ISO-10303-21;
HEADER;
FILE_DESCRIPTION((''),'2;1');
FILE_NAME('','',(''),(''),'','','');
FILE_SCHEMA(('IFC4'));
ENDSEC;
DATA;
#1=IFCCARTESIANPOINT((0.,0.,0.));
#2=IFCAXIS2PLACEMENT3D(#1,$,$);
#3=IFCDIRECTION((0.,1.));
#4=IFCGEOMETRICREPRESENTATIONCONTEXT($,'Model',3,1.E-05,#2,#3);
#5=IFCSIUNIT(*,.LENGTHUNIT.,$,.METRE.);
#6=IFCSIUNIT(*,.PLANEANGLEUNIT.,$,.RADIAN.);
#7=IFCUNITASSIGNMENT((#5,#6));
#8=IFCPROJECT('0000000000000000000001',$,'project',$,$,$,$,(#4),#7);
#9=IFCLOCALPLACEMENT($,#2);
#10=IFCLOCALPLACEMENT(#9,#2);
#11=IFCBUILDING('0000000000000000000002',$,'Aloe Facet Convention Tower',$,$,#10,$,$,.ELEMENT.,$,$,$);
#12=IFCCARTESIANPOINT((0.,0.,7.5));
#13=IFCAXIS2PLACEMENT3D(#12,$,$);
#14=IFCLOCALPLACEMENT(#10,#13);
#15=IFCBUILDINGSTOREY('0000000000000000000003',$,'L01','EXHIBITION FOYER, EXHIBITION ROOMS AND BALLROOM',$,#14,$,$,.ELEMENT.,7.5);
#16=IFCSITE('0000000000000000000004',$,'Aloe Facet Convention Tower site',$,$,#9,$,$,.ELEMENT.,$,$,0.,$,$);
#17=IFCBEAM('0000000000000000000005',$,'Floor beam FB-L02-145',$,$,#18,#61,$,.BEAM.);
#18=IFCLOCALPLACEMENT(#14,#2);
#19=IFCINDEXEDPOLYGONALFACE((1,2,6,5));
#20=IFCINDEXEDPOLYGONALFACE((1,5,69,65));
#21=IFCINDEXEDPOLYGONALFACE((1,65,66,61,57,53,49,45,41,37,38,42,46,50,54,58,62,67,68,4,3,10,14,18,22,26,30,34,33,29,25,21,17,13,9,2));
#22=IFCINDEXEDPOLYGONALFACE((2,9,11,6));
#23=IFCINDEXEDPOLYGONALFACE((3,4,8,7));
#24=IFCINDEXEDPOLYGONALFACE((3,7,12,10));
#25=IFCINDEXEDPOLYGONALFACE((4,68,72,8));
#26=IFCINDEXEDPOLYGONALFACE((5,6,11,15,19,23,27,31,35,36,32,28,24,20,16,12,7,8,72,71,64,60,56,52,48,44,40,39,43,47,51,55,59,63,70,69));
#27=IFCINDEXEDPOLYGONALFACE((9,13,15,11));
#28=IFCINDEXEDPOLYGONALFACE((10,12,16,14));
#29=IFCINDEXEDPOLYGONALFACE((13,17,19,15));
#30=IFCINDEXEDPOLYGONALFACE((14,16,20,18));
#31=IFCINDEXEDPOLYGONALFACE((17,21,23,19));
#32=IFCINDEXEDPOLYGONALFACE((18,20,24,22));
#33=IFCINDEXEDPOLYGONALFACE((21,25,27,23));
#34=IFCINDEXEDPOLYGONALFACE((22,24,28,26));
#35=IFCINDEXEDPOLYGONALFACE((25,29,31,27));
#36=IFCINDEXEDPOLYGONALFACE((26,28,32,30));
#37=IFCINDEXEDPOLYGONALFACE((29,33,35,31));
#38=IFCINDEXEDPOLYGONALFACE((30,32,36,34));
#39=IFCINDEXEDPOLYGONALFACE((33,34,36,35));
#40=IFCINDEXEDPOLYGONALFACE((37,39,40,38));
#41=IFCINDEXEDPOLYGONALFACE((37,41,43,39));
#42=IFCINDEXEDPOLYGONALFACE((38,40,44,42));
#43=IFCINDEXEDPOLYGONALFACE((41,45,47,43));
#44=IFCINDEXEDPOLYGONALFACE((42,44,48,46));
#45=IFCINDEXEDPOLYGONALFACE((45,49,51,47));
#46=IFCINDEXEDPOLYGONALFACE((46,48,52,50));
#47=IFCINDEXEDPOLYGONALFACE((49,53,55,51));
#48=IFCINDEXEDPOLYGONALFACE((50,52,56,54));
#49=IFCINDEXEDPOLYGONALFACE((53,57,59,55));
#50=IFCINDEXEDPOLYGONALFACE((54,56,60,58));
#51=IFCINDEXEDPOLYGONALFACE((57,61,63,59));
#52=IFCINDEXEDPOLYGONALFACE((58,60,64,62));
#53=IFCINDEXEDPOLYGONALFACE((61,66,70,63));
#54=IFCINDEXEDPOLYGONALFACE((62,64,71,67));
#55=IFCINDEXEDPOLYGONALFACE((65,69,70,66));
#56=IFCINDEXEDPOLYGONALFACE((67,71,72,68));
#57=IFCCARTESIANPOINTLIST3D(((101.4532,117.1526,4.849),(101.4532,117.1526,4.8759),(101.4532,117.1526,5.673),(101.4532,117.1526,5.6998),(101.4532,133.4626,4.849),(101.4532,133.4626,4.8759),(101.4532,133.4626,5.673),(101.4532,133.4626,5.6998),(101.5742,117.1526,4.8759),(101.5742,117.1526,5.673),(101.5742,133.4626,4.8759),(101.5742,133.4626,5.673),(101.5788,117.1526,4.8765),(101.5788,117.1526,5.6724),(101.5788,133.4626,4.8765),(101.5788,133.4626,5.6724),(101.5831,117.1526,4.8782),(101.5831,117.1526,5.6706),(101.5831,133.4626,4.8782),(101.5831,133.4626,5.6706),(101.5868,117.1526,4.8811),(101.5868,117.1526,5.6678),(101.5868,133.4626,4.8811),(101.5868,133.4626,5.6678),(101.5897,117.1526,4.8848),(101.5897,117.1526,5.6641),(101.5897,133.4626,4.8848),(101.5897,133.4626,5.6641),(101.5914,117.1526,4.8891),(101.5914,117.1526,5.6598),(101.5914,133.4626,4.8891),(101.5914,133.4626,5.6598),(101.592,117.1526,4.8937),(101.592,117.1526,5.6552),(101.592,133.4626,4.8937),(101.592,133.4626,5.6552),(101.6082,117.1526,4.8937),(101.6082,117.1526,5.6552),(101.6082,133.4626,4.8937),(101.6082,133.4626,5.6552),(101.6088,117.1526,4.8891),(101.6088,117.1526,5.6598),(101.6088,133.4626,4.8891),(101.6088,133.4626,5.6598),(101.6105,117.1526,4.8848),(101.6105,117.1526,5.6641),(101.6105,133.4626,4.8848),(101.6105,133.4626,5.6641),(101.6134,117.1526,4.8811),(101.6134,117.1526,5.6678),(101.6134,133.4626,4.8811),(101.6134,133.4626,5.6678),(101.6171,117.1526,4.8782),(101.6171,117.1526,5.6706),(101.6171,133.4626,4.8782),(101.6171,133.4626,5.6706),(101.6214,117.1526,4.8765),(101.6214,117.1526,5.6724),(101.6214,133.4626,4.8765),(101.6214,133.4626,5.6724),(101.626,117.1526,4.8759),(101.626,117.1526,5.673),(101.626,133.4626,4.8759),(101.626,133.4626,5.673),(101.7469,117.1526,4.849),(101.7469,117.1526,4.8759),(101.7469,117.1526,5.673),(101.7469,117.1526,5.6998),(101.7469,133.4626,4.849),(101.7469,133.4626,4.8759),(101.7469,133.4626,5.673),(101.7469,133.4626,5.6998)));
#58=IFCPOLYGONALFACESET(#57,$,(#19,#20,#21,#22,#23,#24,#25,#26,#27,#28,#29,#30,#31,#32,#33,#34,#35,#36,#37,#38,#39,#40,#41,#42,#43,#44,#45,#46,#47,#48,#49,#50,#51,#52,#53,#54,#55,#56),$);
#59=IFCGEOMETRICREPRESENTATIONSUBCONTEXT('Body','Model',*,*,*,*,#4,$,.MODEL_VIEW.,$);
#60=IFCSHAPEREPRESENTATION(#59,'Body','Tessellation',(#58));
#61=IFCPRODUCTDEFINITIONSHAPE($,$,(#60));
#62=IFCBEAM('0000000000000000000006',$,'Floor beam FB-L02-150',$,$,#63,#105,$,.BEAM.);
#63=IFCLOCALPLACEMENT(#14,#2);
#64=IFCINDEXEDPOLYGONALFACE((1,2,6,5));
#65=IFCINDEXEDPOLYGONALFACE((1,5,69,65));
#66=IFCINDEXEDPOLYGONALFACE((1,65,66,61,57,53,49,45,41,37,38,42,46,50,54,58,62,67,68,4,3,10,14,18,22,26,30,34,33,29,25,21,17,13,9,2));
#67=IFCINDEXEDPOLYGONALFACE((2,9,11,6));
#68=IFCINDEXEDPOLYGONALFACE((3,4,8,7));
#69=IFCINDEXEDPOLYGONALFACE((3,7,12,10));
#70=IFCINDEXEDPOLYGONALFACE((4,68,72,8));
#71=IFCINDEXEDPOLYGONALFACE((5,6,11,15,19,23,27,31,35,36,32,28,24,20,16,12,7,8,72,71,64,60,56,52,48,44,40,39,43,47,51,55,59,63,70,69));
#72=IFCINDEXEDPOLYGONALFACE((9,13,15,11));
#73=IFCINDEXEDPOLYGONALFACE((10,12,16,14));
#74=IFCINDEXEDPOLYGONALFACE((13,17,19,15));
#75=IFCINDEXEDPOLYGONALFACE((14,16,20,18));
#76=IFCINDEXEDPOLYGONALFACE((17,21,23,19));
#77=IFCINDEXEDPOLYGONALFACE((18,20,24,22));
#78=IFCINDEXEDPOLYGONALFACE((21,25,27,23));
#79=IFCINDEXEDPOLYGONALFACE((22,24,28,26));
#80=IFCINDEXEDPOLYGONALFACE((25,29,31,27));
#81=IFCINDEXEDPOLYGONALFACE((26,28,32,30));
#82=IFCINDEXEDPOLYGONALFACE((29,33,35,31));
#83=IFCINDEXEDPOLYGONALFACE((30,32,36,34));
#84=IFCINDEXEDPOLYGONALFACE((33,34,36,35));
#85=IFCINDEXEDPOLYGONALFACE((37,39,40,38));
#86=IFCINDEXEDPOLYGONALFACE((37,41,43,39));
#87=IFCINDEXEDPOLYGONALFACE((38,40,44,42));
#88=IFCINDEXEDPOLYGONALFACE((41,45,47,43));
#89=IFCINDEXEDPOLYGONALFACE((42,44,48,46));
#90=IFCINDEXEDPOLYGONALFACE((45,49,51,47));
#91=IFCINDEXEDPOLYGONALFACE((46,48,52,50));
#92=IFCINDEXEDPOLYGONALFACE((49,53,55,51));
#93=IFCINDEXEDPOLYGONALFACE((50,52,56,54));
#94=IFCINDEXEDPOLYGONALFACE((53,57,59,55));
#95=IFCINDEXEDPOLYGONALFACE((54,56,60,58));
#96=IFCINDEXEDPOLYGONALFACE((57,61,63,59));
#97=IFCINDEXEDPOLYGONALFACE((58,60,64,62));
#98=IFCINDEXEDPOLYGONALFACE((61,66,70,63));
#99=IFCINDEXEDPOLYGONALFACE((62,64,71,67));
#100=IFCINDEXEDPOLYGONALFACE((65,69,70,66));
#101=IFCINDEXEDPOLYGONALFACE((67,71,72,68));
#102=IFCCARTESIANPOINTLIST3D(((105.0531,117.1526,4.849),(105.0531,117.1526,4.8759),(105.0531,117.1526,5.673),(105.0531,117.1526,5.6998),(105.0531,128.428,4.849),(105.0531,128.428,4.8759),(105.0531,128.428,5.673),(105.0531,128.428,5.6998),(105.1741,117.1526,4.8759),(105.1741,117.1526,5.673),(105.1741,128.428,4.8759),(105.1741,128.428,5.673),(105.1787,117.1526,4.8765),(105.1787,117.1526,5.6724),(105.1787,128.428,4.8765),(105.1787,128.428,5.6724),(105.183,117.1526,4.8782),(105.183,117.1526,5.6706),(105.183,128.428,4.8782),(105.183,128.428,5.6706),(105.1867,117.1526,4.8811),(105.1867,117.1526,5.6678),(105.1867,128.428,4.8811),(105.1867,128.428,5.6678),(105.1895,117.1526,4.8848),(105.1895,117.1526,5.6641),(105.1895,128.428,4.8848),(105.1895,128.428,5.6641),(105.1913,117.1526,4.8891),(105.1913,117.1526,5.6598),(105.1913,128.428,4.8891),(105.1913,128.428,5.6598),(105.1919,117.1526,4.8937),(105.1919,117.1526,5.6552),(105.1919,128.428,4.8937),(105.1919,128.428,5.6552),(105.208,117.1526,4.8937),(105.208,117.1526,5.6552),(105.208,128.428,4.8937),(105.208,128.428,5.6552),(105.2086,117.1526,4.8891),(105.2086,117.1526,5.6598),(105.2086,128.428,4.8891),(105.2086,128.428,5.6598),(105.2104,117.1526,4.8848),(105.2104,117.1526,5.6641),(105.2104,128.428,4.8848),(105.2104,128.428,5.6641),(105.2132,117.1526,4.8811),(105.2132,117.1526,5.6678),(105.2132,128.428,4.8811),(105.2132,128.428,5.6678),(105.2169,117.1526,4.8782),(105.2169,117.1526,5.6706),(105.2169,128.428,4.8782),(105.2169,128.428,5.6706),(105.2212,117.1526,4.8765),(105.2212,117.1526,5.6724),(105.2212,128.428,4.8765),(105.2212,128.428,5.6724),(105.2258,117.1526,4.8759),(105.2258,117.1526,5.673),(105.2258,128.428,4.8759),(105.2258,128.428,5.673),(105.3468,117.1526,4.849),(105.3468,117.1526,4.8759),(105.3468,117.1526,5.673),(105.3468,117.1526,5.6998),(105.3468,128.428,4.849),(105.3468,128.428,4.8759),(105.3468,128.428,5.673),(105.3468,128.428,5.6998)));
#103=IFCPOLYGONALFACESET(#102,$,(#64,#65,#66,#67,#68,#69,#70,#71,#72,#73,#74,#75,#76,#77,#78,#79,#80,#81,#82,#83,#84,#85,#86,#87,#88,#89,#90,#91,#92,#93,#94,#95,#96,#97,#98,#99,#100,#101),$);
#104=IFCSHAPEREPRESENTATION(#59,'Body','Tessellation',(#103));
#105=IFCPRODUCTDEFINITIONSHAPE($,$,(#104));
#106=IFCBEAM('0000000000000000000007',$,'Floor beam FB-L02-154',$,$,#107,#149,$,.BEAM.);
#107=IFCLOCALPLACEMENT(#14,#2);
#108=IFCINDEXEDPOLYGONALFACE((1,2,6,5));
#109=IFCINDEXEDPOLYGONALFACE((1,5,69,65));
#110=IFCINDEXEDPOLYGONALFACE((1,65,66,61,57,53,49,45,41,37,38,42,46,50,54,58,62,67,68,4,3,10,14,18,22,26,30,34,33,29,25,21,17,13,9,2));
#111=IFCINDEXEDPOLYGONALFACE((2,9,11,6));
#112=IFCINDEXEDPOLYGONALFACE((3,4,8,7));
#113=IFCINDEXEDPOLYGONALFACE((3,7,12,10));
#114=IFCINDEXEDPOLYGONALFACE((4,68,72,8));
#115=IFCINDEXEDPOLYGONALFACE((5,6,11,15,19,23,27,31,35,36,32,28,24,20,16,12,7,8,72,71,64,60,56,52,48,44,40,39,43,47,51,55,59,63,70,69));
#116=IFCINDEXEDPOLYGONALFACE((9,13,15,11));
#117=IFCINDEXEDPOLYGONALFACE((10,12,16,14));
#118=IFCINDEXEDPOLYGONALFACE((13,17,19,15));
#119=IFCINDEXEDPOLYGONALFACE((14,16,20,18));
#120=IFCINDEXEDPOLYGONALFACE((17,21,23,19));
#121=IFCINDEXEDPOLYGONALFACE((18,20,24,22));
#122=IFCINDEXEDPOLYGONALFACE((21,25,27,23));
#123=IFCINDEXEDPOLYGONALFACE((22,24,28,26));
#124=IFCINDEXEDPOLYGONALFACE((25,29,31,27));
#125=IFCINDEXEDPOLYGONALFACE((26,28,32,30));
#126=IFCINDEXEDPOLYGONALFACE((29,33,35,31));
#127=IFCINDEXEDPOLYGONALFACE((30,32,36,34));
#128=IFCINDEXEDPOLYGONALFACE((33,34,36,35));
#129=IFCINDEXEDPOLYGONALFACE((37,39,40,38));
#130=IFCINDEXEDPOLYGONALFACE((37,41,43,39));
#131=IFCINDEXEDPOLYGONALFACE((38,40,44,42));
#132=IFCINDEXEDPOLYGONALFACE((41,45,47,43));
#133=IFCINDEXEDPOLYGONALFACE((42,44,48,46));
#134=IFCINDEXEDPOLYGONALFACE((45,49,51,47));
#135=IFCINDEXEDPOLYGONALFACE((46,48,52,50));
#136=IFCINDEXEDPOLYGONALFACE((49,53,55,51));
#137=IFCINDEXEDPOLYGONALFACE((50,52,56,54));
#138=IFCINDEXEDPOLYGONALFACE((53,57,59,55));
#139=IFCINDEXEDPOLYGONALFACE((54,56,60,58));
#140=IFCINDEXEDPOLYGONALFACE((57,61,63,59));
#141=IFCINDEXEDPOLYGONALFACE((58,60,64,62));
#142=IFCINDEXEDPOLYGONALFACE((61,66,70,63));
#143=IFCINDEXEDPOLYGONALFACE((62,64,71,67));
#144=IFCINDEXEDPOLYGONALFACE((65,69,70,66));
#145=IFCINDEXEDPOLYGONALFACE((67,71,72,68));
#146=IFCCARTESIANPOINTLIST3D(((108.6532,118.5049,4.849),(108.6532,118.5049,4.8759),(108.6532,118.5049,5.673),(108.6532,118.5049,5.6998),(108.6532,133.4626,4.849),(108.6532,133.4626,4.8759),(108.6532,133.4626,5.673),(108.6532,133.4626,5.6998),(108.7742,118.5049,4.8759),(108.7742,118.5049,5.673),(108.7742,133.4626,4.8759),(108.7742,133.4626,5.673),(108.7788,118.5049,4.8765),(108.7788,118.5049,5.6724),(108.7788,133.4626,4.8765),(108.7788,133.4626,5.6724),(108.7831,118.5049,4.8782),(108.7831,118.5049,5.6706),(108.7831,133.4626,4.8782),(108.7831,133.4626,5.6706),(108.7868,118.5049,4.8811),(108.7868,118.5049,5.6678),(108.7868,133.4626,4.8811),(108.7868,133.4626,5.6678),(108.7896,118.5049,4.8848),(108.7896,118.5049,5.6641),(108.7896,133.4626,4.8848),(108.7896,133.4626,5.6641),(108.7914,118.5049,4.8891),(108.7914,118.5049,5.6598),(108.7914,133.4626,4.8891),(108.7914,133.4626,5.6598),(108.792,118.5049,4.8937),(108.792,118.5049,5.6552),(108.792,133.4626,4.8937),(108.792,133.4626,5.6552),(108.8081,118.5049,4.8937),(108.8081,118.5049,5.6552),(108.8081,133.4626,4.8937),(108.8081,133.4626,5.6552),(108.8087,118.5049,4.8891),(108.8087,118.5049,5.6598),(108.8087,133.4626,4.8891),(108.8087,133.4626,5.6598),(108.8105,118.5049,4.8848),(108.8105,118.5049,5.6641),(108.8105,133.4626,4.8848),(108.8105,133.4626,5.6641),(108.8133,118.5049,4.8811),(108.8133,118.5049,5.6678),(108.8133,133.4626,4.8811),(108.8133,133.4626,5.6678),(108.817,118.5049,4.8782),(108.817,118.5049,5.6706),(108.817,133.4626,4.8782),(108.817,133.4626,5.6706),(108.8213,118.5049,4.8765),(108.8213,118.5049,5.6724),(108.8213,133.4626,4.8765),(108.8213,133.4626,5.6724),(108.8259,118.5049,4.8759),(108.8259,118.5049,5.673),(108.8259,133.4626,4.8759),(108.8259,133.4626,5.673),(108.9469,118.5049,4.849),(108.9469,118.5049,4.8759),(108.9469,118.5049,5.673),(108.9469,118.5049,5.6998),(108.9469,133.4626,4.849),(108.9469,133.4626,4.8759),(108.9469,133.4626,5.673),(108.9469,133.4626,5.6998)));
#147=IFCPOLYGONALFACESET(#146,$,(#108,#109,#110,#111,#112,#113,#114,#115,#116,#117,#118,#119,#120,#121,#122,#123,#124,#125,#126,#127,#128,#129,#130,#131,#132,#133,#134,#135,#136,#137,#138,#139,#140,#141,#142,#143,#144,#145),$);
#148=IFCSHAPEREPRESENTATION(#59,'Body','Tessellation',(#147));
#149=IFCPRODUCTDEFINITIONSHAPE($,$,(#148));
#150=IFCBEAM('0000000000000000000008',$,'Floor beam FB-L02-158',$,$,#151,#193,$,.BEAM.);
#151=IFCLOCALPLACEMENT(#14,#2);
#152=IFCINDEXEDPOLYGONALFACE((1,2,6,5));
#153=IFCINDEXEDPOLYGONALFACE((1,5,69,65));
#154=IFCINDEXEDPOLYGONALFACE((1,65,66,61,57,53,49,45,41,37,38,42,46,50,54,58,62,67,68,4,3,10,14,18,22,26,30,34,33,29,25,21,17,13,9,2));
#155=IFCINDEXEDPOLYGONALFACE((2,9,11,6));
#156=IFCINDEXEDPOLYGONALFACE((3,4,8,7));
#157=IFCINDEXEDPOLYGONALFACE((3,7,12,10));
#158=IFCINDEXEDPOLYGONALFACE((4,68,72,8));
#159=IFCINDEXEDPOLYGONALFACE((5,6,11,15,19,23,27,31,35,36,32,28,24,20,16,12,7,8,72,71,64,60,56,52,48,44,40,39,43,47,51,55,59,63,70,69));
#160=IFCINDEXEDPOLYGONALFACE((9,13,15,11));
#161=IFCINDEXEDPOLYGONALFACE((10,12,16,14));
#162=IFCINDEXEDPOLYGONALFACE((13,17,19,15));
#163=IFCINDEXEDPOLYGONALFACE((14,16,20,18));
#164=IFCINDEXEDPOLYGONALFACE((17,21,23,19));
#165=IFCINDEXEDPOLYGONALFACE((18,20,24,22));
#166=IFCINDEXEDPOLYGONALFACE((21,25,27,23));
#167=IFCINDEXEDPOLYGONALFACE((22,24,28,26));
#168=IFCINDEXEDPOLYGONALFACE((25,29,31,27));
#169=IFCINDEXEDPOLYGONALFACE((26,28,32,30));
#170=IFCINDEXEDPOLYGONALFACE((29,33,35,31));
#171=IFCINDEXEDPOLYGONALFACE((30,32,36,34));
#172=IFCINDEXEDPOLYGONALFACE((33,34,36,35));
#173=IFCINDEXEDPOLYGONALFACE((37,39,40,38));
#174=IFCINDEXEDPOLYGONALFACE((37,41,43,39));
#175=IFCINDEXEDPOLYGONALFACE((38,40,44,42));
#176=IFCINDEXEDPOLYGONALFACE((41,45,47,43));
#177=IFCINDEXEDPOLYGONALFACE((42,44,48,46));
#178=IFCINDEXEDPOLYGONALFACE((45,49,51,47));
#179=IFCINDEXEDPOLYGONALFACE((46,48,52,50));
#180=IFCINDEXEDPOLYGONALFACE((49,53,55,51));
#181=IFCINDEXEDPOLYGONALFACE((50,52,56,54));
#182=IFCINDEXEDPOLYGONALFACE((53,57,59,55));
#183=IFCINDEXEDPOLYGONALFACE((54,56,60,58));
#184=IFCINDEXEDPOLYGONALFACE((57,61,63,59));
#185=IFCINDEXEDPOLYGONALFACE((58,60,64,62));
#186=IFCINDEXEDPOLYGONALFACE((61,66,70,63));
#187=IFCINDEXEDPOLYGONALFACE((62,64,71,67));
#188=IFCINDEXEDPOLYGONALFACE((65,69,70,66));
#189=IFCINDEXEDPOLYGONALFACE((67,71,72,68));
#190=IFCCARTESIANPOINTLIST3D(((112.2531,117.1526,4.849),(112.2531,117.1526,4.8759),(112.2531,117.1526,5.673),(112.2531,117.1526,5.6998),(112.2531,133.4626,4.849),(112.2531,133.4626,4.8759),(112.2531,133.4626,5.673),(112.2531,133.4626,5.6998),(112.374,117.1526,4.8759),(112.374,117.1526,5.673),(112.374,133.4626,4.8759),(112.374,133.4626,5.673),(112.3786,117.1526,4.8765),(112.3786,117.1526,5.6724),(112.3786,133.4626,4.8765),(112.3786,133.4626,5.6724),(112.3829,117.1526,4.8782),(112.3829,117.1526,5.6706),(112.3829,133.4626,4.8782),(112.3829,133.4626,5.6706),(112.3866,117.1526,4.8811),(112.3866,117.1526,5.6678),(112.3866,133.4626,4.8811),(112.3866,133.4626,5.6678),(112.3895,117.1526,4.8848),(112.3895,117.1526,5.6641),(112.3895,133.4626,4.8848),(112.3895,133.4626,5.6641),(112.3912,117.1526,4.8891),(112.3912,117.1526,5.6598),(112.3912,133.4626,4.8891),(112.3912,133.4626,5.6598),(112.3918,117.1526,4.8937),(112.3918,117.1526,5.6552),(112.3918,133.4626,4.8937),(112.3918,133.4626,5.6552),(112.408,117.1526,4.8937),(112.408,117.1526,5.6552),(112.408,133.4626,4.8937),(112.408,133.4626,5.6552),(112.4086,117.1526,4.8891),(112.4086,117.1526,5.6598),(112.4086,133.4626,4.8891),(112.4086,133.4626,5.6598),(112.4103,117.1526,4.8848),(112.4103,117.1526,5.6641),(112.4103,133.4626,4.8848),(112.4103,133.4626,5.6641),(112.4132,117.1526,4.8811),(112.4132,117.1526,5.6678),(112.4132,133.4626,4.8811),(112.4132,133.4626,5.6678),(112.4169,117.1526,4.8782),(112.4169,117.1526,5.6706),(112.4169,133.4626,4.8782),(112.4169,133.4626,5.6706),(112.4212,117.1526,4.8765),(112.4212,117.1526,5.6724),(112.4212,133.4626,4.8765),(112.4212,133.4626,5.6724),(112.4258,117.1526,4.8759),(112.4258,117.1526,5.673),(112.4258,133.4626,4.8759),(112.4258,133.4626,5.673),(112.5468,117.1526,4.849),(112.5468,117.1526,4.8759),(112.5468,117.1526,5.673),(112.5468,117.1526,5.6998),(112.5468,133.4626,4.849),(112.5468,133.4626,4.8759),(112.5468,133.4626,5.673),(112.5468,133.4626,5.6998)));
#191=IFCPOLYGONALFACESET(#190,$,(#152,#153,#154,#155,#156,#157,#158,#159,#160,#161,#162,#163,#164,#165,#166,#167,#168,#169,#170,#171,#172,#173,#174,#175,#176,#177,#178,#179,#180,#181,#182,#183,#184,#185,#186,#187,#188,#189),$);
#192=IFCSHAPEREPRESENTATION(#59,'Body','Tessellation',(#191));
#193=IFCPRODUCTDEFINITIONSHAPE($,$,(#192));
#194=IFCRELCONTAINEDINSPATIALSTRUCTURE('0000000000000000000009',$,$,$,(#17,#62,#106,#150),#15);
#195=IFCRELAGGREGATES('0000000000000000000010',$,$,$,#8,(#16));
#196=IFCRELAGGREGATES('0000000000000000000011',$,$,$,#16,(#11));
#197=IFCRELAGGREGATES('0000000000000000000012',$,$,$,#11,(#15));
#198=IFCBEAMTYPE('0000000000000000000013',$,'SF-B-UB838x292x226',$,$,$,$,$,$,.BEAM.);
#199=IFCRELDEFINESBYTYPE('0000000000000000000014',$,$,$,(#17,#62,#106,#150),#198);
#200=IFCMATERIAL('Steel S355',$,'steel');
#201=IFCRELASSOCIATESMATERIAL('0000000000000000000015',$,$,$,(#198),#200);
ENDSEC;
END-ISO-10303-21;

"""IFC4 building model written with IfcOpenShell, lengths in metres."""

from ifc_helpers import new_model, si_unit, direction, frame, origin, origin_2d, place, context, subcontext, project, spatial, i_section, extrude, material, material_profile, profile_set, type_object, element, save


model = new_model("IFC4")

# Units and contexts
model_context = context("Model", 3, precision=1e-05, world=origin(), true_north=direction((0.0, 1.0)))
body_context = subcontext(model_context, "Body", "Model", "MODEL_VIEW")
ifc_project = project(units=[si_unit("LENGTHUNIT", "METRE"), si_unit("PLANEANGLEUNIT", "RADIAN")], contexts=[model_context])

# Site, building, storey
site_placement = place(None, origin())
site = spatial("IfcSite", under=ifc_project, at=site_placement, Name="Aloe Facet Convention Tower site", CompositionType="ELEMENT", RefElevation=0.0)
building_placement = place(site_placement, origin())
building = spatial("IfcBuilding", under=site, at=building_placement, Name="Aloe Facet Convention Tower", CompositionType="ELEMENT")
storey_placement = place(building_placement, frame((0.0, 0.0, 7.5)))
storey = spatial("IfcBuildingStorey", under=building, at=storey_placement, Name="L01", Description="EXHIBITION FOYER, EXHIBITION ROOMS AND BALLROOM", CompositionType="ELEMENT", Elevation=7.5)

# Beams
ifc_material_1 = material(Name="Steel S355", Category="steel")
ifc_material_profile_1 = material_profile(ifc_material_1, i_section(OverallWidth=0.2937, OverallDepth=0.8508, WebThickness=0.0161, FlangeThickness=0.0269, FilletRadius=0.0178, at=origin_2d()), Name="UB 838x292x226")
ifc_profile_set_1 = profile_set([ifc_material_profile_1], Name="Steel S355")
beam_type_1 = type_object("IfcBeamType", Name="SF-B-UB838x292x226", PredefinedType="BEAM", material=ifc_profile_set_1)
for number, where, z_axis, x_axis, name in (
    (1, (101.6001, 117.1526, 5.2744), (0.0, 1.0, 0.0), (-1.0, 0.0, 0.0), "Floor beam FB-L02-145"),
):
    element("IfcBeam", number, at=place(storey_placement, frame(where, z_axis=z_axis, x_axis=x_axis)), inside=storey, type_object=beam_type_1, Name=name, PredefinedType="BEAM", context=body_context, shape_type="SweptSolid", body=[
        extrude(i_section(OverallWidth=0.2937, OverallDepth=0.8508, WebThickness=0.0161, FlangeThickness=0.0269, FilletRadius=0.0178, at=origin_2d()), origin(), (0.0, 0.0, 1.0), 16.3101),
    ])
beam_1_placement = place(storey_placement, frame((105.2, 117.1526, 5.2744), z_axis=(0.0, 1.0, 0.0), x_axis=(-1.0, 0.0, 0.0)))
element("IfcBeam", 2, at=beam_1_placement, inside=storey, type_object=beam_type_1, Name="Floor beam FB-L02-150", PredefinedType="BEAM", context=body_context, shape_type="SweptSolid", body=[
    extrude(i_section(OverallWidth=0.2937, OverallDepth=0.8508, WebThickness=0.0161, FlangeThickness=0.0269, FilletRadius=0.0178, at=origin_2d()), origin(), (0.0, 0.0, 1.0), 11.2754),
])
beam_2_placement = place(storey_placement, frame((108.8, 118.5049, 5.2744), z_axis=(0.0, 1.0, 0.0), x_axis=(-1.0, 0.0, 0.0)))
element("IfcBeam", 3, at=beam_2_placement, inside=storey, type_object=beam_type_1, Name="Floor beam FB-L02-154", PredefinedType="BEAM", context=body_context, shape_type="SweptSolid", body=[
    extrude(i_section(OverallWidth=0.2937, OverallDepth=0.8508, WebThickness=0.0161, FlangeThickness=0.0269, FilletRadius=0.0178, at=origin_2d()), origin(), (0.0, 0.0, 1.0), 14.9578),
])
beam_3_placement = place(storey_placement, frame((112.3999, 117.1526, 5.2744), z_axis=(0.0, 1.0, 0.0), x_axis=(-1.0, 0.0, 0.0)))
element("IfcBeam", 4, at=beam_3_placement, inside=storey, type_object=beam_type_1, Name="Floor beam FB-L02-158", PredefinedType="BEAM", context=body_context, shape_type="SweptSolid", body=[
    extrude(i_section(OverallWidth=0.2937, OverallDepth=0.8508, WebThickness=0.0161, FlangeThickness=0.0269, FilletRadius=0.0178, at=origin_2d()), origin(), (0.0, 0.0, 1.0), 16.3101),
])

save(model, "model.ifc")
